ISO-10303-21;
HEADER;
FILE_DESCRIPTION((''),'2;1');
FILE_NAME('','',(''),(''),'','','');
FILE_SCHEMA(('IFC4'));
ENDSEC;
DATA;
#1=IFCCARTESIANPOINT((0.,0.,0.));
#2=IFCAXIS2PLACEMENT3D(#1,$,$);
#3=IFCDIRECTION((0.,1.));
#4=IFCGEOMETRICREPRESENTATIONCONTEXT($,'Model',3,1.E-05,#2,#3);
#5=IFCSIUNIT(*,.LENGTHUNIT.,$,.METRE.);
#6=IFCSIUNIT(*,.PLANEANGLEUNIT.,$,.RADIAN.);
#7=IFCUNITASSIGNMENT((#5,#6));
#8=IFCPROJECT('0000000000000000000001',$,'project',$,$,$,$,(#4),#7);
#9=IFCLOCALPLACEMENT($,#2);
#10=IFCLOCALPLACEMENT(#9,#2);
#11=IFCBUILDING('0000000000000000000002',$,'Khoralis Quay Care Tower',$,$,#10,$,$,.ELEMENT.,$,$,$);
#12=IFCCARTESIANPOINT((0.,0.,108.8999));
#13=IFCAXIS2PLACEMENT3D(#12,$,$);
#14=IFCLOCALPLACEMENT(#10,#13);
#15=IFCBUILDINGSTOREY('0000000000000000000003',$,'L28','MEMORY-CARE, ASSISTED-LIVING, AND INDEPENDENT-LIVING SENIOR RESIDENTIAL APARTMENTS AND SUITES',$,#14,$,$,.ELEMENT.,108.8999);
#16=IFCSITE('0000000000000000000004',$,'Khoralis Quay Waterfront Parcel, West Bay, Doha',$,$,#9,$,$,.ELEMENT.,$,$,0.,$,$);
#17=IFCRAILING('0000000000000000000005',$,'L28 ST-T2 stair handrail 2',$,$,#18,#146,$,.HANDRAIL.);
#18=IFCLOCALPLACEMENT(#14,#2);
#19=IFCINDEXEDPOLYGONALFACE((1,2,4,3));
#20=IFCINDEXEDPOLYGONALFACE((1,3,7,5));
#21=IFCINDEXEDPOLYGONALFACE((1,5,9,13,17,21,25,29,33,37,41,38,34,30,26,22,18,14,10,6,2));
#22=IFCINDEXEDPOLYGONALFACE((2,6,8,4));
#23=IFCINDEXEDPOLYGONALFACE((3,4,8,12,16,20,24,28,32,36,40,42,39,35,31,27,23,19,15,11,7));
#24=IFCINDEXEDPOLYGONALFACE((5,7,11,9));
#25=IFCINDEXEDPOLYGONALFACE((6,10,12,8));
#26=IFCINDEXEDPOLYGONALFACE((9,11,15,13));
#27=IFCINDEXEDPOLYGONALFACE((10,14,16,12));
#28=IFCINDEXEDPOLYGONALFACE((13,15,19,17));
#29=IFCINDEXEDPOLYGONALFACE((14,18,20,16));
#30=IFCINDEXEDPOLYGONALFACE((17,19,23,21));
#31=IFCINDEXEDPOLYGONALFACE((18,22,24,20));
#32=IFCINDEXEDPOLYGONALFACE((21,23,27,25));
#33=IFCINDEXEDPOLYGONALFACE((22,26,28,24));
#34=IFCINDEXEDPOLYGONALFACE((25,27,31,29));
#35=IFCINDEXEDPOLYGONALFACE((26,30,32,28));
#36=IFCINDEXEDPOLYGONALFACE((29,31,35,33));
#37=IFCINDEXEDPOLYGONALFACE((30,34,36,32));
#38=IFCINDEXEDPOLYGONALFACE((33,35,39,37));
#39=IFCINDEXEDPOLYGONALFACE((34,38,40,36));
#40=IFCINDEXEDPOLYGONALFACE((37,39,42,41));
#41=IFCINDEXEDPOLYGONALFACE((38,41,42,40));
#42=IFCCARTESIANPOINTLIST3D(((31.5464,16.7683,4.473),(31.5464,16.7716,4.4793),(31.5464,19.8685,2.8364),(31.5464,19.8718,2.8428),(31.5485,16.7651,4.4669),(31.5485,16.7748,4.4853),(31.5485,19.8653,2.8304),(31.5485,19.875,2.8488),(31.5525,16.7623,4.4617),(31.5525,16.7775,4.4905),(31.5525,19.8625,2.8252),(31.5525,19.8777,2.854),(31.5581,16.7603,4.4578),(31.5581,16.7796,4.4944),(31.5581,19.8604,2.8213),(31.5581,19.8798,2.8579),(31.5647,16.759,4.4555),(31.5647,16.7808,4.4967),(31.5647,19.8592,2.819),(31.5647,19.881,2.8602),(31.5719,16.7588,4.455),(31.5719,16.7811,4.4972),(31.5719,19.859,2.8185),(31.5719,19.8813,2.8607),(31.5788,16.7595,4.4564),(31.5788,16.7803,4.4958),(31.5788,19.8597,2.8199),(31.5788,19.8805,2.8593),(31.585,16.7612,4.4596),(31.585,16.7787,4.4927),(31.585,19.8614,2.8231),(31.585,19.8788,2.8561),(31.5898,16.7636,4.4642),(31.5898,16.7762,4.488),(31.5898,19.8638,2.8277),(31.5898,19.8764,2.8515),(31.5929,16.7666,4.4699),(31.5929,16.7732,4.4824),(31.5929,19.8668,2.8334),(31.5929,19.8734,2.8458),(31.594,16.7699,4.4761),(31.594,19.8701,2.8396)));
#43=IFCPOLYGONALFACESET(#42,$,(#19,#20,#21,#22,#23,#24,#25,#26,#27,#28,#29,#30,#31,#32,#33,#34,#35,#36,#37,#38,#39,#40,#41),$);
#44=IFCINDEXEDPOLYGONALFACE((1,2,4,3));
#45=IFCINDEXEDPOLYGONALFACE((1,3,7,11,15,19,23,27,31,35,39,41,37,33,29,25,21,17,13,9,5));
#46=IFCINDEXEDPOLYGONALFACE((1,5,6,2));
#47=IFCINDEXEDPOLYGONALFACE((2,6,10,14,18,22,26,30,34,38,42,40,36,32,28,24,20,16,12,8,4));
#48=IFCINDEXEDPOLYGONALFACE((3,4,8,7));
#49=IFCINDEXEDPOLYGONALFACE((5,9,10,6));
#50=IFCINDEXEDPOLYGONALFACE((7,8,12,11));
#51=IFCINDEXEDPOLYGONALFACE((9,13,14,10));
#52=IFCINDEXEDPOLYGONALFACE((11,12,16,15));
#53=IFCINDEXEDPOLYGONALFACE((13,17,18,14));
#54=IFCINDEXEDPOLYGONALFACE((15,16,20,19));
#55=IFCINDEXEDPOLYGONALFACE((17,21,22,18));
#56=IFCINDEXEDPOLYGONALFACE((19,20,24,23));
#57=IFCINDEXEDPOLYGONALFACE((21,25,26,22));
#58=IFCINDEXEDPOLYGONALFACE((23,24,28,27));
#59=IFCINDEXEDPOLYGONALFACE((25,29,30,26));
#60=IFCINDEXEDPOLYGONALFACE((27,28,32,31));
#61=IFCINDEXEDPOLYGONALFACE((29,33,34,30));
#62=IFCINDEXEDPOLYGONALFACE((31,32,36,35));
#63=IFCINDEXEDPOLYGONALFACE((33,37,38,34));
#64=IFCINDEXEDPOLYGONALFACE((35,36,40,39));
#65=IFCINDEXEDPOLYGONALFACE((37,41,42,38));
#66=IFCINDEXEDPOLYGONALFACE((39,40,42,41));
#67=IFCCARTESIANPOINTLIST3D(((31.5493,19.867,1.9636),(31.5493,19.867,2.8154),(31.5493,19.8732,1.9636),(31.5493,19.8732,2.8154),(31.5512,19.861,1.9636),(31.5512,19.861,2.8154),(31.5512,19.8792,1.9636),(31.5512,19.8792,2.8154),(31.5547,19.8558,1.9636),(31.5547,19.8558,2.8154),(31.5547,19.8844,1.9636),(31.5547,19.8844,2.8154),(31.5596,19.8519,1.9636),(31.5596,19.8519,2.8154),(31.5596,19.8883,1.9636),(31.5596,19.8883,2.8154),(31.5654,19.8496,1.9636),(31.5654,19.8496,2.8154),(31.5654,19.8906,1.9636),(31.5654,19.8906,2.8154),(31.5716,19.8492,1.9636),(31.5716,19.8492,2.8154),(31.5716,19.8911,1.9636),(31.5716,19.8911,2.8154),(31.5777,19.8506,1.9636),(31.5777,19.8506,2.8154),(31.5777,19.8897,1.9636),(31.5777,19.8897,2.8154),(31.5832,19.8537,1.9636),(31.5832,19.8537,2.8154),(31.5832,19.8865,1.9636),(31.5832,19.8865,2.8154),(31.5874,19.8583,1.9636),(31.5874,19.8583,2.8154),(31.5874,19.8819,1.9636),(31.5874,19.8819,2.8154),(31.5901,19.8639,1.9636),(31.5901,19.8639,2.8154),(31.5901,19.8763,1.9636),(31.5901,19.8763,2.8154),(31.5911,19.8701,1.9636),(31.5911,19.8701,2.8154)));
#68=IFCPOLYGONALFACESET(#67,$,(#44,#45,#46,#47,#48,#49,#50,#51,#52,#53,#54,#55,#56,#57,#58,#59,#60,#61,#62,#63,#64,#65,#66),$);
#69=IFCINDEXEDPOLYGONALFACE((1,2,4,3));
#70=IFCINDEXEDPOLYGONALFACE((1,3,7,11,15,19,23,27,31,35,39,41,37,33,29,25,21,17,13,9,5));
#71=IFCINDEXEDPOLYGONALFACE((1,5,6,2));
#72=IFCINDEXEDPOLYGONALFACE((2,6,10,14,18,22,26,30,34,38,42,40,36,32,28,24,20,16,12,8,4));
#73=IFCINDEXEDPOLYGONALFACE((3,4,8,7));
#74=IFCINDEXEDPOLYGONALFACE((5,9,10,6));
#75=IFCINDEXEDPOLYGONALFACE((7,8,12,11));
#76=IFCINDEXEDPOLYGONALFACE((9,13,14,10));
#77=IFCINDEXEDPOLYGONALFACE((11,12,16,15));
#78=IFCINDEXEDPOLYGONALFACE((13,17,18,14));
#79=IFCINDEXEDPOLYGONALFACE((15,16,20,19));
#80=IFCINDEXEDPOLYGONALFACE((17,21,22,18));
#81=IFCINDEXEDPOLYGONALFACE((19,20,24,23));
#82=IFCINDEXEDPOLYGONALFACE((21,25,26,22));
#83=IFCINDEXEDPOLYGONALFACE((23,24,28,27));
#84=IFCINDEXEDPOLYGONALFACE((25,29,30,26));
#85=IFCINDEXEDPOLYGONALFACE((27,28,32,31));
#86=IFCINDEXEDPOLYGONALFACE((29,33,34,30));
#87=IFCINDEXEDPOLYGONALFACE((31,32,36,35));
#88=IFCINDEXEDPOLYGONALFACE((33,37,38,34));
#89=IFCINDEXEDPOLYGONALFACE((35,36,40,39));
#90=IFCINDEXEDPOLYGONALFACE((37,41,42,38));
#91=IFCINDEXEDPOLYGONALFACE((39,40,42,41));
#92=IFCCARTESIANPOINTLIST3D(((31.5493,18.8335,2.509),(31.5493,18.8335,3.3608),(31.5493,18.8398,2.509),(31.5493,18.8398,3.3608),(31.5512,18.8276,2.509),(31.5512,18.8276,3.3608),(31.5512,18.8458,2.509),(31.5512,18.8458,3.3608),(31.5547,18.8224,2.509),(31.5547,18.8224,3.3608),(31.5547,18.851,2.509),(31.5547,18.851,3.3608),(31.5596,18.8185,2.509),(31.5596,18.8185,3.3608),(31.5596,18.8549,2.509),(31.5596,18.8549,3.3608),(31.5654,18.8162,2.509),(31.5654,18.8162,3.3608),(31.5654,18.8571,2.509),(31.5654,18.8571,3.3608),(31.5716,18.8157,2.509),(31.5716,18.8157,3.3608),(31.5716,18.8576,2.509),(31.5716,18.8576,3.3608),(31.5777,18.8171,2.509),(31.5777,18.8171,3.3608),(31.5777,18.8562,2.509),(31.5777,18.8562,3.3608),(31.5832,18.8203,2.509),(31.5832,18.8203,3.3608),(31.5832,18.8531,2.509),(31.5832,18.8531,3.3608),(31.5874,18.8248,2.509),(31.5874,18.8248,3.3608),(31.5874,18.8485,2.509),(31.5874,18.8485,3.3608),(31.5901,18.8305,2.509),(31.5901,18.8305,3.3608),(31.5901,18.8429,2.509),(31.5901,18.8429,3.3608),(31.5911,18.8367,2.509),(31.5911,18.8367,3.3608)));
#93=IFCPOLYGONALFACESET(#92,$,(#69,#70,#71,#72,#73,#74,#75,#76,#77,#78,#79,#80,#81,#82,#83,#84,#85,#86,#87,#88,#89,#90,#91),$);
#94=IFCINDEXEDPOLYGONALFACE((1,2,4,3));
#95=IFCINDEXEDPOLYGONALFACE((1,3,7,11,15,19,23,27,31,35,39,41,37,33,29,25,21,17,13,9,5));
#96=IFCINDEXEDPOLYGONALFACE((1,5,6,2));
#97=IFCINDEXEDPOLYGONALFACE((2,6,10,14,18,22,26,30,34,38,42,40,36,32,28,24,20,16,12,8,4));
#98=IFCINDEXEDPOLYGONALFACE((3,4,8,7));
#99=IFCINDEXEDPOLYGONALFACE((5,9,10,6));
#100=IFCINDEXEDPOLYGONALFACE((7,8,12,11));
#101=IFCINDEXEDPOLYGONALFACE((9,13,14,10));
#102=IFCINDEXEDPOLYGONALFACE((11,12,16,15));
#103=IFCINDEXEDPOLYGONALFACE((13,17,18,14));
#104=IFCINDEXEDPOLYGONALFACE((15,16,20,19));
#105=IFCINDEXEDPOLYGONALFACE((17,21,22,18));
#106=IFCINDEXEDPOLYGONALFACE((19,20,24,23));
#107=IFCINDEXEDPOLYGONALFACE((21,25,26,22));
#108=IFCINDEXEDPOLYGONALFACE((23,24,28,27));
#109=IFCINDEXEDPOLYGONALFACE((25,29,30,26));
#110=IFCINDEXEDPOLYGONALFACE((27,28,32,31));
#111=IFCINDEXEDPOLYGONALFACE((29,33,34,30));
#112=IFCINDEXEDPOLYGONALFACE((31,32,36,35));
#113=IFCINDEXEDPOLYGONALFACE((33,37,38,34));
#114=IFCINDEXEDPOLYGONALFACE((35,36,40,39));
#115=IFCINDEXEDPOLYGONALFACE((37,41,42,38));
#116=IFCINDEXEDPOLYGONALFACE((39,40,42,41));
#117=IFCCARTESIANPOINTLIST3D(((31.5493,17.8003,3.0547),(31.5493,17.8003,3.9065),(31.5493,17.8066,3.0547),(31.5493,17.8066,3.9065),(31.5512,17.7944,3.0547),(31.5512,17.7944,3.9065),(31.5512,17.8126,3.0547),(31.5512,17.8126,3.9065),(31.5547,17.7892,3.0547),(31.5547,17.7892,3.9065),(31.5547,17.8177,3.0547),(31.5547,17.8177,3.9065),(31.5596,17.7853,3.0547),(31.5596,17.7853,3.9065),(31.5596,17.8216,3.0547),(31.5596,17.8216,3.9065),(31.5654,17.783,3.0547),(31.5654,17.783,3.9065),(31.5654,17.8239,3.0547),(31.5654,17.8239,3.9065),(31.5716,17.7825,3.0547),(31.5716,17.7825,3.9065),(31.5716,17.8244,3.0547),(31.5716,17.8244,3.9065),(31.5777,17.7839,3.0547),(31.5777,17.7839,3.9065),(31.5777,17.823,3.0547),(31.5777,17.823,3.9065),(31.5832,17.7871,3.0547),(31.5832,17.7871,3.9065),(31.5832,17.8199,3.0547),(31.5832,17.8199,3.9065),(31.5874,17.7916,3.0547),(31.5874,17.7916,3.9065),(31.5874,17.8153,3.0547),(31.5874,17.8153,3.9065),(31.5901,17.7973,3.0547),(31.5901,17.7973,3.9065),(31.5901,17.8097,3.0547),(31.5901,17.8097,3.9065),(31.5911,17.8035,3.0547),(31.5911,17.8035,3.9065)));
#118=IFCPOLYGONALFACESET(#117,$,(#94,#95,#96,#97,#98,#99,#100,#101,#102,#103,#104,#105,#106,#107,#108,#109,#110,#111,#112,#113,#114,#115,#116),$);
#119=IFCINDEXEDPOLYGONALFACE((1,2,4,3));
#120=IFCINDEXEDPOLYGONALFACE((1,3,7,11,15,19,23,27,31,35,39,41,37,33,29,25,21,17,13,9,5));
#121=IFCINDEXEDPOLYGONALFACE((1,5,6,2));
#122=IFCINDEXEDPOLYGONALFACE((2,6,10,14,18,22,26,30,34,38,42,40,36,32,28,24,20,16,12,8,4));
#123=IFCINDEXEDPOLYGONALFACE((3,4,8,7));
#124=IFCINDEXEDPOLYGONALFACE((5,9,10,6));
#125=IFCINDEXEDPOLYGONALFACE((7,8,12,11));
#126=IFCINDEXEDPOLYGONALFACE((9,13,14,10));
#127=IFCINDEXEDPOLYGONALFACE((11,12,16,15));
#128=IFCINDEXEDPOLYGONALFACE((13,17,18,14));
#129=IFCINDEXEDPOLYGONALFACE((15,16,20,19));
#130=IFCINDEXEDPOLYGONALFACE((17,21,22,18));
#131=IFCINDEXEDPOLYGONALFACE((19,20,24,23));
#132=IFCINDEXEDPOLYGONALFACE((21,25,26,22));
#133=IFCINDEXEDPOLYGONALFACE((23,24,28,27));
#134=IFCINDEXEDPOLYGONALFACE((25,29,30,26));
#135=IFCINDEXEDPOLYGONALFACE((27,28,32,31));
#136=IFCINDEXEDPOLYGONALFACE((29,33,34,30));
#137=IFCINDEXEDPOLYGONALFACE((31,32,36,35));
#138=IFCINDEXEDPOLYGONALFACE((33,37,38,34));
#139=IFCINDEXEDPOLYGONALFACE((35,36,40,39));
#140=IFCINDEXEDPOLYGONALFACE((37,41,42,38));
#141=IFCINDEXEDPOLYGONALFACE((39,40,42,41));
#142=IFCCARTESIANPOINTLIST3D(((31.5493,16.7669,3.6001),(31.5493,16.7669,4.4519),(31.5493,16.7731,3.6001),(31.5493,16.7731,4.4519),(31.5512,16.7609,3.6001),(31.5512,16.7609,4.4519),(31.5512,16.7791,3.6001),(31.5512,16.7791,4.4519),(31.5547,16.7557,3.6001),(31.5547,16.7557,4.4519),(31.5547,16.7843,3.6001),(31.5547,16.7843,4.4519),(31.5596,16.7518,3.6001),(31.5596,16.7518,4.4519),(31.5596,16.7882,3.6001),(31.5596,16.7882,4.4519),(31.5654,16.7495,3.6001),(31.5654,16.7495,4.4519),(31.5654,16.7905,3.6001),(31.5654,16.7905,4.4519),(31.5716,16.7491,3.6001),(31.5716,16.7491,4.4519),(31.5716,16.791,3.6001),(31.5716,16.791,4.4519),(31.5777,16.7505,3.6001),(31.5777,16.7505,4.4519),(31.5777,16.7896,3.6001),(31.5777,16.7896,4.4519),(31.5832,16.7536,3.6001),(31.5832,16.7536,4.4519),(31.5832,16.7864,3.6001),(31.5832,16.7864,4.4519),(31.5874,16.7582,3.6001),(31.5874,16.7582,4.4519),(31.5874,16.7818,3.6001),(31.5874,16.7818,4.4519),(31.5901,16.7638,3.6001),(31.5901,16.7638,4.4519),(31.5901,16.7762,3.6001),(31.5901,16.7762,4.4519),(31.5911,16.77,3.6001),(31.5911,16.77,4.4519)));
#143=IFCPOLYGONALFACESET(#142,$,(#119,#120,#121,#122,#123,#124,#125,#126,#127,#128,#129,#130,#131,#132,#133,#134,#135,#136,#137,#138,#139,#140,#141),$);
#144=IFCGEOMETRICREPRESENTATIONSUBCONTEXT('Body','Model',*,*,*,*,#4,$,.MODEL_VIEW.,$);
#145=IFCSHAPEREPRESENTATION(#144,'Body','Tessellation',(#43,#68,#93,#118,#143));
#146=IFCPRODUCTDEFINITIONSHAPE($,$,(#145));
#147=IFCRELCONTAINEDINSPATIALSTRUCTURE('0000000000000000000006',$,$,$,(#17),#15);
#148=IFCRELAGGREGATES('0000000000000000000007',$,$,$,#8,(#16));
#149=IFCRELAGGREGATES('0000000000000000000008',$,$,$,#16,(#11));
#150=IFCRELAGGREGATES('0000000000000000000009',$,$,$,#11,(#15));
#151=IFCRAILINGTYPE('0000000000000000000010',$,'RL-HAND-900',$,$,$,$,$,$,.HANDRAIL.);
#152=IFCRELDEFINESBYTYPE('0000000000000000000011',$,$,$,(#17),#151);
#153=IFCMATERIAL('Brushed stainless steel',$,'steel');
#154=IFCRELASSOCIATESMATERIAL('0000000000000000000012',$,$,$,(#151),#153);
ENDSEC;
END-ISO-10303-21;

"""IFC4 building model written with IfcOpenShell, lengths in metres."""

from ifc_helpers import new_model, si_unit, direction, frame, origin, origin_2d, place, context, subcontext, project, spatial, circle, extrude, material, type_object, element, save


model = new_model("IFC4")

# Units and contexts
model_context = context("Model", 3, precision=1e-05, world=origin(), true_north=direction((0.0, 1.0)))
body_context = subcontext(model_context, "Body", "Model", "MODEL_VIEW")
ifc_project = project(units=[si_unit("LENGTHUNIT", "METRE"), si_unit("PLANEANGLEUNIT", "RADIAN")], contexts=[model_context])

# Site, building, storey
site_placement = place(None, origin())
site = spatial("IfcSite", under=ifc_project, at=site_placement, Name="Khoralis Quay Waterfront Parcel, West Bay, Doha", CompositionType="ELEMENT", RefElevation=0.0)
building_placement = place(site_placement, origin())
building = spatial("IfcBuilding", under=site, at=building_placement, Name="Khoralis Quay Care Tower", CompositionType="ELEMENT")
storey_placement = place(building_placement, frame((0.0, 0.0, 108.8999)))
storey = spatial("IfcBuildingStorey", under=building, at=storey_placement, Name="L28", Description="MEMORY-CARE, ASSISTED-LIVING, AND INDEPENDENT-LIVING SENIOR RESIDENTIAL APARTMENTS AND SUITES", CompositionType="ELEMENT", Elevation=108.8999)

# Shared definitions
ifc_material_1 = material(Name="Brushed stainless steel", Category="steel")

# Railing
railing_type_1 = type_object("IfcRailingType", Name="RL-HAND-900", PredefinedType="HANDRAIL", material=ifc_material_1)
railing_1_placement = place(storey_placement, frame((31.5701, 19.8701, 1.9636)))
element("IfcRailing", 1, at=railing_1_placement, inside=storey, type_object=railing_type_1, Name="L28 ST-T2 stair handrail 2", PredefinedType="HANDRAIL", context=body_context, shape_type="SweptSolid", body=[
    extrude(circle(Radius=0.0239, at=origin_2d()), frame((0.0, 0.0, 0.876), z_axis=(0.0, -0.884348, 0.466828), x_axis=(1.0, 0.0, 0.0)), (0.0, 0.0, 1.0), 3.5056),
    extrude(circle(Radius=0.021, at=origin_2d()), origin(), (0.0, 0.0, 1.0), 0.8518),
    extrude(circle(Radius=0.021, at=origin_2d()), frame((0.0, -1.0334, 0.5454)), (0.0, 0.0, 1.0), 0.8518),
    extrude(circle(Radius=0.021, at=origin_2d()), frame((0.0, -2.0667, 1.0911)), (0.0, 0.0, 1.0), 0.8518),
    extrude(circle(Radius=0.021, at=origin_2d()), frame((0.0, -3.1001, 1.6365)), (0.0, 0.0, 1.0), 0.8518),
])

save(model, "model.ifc")
